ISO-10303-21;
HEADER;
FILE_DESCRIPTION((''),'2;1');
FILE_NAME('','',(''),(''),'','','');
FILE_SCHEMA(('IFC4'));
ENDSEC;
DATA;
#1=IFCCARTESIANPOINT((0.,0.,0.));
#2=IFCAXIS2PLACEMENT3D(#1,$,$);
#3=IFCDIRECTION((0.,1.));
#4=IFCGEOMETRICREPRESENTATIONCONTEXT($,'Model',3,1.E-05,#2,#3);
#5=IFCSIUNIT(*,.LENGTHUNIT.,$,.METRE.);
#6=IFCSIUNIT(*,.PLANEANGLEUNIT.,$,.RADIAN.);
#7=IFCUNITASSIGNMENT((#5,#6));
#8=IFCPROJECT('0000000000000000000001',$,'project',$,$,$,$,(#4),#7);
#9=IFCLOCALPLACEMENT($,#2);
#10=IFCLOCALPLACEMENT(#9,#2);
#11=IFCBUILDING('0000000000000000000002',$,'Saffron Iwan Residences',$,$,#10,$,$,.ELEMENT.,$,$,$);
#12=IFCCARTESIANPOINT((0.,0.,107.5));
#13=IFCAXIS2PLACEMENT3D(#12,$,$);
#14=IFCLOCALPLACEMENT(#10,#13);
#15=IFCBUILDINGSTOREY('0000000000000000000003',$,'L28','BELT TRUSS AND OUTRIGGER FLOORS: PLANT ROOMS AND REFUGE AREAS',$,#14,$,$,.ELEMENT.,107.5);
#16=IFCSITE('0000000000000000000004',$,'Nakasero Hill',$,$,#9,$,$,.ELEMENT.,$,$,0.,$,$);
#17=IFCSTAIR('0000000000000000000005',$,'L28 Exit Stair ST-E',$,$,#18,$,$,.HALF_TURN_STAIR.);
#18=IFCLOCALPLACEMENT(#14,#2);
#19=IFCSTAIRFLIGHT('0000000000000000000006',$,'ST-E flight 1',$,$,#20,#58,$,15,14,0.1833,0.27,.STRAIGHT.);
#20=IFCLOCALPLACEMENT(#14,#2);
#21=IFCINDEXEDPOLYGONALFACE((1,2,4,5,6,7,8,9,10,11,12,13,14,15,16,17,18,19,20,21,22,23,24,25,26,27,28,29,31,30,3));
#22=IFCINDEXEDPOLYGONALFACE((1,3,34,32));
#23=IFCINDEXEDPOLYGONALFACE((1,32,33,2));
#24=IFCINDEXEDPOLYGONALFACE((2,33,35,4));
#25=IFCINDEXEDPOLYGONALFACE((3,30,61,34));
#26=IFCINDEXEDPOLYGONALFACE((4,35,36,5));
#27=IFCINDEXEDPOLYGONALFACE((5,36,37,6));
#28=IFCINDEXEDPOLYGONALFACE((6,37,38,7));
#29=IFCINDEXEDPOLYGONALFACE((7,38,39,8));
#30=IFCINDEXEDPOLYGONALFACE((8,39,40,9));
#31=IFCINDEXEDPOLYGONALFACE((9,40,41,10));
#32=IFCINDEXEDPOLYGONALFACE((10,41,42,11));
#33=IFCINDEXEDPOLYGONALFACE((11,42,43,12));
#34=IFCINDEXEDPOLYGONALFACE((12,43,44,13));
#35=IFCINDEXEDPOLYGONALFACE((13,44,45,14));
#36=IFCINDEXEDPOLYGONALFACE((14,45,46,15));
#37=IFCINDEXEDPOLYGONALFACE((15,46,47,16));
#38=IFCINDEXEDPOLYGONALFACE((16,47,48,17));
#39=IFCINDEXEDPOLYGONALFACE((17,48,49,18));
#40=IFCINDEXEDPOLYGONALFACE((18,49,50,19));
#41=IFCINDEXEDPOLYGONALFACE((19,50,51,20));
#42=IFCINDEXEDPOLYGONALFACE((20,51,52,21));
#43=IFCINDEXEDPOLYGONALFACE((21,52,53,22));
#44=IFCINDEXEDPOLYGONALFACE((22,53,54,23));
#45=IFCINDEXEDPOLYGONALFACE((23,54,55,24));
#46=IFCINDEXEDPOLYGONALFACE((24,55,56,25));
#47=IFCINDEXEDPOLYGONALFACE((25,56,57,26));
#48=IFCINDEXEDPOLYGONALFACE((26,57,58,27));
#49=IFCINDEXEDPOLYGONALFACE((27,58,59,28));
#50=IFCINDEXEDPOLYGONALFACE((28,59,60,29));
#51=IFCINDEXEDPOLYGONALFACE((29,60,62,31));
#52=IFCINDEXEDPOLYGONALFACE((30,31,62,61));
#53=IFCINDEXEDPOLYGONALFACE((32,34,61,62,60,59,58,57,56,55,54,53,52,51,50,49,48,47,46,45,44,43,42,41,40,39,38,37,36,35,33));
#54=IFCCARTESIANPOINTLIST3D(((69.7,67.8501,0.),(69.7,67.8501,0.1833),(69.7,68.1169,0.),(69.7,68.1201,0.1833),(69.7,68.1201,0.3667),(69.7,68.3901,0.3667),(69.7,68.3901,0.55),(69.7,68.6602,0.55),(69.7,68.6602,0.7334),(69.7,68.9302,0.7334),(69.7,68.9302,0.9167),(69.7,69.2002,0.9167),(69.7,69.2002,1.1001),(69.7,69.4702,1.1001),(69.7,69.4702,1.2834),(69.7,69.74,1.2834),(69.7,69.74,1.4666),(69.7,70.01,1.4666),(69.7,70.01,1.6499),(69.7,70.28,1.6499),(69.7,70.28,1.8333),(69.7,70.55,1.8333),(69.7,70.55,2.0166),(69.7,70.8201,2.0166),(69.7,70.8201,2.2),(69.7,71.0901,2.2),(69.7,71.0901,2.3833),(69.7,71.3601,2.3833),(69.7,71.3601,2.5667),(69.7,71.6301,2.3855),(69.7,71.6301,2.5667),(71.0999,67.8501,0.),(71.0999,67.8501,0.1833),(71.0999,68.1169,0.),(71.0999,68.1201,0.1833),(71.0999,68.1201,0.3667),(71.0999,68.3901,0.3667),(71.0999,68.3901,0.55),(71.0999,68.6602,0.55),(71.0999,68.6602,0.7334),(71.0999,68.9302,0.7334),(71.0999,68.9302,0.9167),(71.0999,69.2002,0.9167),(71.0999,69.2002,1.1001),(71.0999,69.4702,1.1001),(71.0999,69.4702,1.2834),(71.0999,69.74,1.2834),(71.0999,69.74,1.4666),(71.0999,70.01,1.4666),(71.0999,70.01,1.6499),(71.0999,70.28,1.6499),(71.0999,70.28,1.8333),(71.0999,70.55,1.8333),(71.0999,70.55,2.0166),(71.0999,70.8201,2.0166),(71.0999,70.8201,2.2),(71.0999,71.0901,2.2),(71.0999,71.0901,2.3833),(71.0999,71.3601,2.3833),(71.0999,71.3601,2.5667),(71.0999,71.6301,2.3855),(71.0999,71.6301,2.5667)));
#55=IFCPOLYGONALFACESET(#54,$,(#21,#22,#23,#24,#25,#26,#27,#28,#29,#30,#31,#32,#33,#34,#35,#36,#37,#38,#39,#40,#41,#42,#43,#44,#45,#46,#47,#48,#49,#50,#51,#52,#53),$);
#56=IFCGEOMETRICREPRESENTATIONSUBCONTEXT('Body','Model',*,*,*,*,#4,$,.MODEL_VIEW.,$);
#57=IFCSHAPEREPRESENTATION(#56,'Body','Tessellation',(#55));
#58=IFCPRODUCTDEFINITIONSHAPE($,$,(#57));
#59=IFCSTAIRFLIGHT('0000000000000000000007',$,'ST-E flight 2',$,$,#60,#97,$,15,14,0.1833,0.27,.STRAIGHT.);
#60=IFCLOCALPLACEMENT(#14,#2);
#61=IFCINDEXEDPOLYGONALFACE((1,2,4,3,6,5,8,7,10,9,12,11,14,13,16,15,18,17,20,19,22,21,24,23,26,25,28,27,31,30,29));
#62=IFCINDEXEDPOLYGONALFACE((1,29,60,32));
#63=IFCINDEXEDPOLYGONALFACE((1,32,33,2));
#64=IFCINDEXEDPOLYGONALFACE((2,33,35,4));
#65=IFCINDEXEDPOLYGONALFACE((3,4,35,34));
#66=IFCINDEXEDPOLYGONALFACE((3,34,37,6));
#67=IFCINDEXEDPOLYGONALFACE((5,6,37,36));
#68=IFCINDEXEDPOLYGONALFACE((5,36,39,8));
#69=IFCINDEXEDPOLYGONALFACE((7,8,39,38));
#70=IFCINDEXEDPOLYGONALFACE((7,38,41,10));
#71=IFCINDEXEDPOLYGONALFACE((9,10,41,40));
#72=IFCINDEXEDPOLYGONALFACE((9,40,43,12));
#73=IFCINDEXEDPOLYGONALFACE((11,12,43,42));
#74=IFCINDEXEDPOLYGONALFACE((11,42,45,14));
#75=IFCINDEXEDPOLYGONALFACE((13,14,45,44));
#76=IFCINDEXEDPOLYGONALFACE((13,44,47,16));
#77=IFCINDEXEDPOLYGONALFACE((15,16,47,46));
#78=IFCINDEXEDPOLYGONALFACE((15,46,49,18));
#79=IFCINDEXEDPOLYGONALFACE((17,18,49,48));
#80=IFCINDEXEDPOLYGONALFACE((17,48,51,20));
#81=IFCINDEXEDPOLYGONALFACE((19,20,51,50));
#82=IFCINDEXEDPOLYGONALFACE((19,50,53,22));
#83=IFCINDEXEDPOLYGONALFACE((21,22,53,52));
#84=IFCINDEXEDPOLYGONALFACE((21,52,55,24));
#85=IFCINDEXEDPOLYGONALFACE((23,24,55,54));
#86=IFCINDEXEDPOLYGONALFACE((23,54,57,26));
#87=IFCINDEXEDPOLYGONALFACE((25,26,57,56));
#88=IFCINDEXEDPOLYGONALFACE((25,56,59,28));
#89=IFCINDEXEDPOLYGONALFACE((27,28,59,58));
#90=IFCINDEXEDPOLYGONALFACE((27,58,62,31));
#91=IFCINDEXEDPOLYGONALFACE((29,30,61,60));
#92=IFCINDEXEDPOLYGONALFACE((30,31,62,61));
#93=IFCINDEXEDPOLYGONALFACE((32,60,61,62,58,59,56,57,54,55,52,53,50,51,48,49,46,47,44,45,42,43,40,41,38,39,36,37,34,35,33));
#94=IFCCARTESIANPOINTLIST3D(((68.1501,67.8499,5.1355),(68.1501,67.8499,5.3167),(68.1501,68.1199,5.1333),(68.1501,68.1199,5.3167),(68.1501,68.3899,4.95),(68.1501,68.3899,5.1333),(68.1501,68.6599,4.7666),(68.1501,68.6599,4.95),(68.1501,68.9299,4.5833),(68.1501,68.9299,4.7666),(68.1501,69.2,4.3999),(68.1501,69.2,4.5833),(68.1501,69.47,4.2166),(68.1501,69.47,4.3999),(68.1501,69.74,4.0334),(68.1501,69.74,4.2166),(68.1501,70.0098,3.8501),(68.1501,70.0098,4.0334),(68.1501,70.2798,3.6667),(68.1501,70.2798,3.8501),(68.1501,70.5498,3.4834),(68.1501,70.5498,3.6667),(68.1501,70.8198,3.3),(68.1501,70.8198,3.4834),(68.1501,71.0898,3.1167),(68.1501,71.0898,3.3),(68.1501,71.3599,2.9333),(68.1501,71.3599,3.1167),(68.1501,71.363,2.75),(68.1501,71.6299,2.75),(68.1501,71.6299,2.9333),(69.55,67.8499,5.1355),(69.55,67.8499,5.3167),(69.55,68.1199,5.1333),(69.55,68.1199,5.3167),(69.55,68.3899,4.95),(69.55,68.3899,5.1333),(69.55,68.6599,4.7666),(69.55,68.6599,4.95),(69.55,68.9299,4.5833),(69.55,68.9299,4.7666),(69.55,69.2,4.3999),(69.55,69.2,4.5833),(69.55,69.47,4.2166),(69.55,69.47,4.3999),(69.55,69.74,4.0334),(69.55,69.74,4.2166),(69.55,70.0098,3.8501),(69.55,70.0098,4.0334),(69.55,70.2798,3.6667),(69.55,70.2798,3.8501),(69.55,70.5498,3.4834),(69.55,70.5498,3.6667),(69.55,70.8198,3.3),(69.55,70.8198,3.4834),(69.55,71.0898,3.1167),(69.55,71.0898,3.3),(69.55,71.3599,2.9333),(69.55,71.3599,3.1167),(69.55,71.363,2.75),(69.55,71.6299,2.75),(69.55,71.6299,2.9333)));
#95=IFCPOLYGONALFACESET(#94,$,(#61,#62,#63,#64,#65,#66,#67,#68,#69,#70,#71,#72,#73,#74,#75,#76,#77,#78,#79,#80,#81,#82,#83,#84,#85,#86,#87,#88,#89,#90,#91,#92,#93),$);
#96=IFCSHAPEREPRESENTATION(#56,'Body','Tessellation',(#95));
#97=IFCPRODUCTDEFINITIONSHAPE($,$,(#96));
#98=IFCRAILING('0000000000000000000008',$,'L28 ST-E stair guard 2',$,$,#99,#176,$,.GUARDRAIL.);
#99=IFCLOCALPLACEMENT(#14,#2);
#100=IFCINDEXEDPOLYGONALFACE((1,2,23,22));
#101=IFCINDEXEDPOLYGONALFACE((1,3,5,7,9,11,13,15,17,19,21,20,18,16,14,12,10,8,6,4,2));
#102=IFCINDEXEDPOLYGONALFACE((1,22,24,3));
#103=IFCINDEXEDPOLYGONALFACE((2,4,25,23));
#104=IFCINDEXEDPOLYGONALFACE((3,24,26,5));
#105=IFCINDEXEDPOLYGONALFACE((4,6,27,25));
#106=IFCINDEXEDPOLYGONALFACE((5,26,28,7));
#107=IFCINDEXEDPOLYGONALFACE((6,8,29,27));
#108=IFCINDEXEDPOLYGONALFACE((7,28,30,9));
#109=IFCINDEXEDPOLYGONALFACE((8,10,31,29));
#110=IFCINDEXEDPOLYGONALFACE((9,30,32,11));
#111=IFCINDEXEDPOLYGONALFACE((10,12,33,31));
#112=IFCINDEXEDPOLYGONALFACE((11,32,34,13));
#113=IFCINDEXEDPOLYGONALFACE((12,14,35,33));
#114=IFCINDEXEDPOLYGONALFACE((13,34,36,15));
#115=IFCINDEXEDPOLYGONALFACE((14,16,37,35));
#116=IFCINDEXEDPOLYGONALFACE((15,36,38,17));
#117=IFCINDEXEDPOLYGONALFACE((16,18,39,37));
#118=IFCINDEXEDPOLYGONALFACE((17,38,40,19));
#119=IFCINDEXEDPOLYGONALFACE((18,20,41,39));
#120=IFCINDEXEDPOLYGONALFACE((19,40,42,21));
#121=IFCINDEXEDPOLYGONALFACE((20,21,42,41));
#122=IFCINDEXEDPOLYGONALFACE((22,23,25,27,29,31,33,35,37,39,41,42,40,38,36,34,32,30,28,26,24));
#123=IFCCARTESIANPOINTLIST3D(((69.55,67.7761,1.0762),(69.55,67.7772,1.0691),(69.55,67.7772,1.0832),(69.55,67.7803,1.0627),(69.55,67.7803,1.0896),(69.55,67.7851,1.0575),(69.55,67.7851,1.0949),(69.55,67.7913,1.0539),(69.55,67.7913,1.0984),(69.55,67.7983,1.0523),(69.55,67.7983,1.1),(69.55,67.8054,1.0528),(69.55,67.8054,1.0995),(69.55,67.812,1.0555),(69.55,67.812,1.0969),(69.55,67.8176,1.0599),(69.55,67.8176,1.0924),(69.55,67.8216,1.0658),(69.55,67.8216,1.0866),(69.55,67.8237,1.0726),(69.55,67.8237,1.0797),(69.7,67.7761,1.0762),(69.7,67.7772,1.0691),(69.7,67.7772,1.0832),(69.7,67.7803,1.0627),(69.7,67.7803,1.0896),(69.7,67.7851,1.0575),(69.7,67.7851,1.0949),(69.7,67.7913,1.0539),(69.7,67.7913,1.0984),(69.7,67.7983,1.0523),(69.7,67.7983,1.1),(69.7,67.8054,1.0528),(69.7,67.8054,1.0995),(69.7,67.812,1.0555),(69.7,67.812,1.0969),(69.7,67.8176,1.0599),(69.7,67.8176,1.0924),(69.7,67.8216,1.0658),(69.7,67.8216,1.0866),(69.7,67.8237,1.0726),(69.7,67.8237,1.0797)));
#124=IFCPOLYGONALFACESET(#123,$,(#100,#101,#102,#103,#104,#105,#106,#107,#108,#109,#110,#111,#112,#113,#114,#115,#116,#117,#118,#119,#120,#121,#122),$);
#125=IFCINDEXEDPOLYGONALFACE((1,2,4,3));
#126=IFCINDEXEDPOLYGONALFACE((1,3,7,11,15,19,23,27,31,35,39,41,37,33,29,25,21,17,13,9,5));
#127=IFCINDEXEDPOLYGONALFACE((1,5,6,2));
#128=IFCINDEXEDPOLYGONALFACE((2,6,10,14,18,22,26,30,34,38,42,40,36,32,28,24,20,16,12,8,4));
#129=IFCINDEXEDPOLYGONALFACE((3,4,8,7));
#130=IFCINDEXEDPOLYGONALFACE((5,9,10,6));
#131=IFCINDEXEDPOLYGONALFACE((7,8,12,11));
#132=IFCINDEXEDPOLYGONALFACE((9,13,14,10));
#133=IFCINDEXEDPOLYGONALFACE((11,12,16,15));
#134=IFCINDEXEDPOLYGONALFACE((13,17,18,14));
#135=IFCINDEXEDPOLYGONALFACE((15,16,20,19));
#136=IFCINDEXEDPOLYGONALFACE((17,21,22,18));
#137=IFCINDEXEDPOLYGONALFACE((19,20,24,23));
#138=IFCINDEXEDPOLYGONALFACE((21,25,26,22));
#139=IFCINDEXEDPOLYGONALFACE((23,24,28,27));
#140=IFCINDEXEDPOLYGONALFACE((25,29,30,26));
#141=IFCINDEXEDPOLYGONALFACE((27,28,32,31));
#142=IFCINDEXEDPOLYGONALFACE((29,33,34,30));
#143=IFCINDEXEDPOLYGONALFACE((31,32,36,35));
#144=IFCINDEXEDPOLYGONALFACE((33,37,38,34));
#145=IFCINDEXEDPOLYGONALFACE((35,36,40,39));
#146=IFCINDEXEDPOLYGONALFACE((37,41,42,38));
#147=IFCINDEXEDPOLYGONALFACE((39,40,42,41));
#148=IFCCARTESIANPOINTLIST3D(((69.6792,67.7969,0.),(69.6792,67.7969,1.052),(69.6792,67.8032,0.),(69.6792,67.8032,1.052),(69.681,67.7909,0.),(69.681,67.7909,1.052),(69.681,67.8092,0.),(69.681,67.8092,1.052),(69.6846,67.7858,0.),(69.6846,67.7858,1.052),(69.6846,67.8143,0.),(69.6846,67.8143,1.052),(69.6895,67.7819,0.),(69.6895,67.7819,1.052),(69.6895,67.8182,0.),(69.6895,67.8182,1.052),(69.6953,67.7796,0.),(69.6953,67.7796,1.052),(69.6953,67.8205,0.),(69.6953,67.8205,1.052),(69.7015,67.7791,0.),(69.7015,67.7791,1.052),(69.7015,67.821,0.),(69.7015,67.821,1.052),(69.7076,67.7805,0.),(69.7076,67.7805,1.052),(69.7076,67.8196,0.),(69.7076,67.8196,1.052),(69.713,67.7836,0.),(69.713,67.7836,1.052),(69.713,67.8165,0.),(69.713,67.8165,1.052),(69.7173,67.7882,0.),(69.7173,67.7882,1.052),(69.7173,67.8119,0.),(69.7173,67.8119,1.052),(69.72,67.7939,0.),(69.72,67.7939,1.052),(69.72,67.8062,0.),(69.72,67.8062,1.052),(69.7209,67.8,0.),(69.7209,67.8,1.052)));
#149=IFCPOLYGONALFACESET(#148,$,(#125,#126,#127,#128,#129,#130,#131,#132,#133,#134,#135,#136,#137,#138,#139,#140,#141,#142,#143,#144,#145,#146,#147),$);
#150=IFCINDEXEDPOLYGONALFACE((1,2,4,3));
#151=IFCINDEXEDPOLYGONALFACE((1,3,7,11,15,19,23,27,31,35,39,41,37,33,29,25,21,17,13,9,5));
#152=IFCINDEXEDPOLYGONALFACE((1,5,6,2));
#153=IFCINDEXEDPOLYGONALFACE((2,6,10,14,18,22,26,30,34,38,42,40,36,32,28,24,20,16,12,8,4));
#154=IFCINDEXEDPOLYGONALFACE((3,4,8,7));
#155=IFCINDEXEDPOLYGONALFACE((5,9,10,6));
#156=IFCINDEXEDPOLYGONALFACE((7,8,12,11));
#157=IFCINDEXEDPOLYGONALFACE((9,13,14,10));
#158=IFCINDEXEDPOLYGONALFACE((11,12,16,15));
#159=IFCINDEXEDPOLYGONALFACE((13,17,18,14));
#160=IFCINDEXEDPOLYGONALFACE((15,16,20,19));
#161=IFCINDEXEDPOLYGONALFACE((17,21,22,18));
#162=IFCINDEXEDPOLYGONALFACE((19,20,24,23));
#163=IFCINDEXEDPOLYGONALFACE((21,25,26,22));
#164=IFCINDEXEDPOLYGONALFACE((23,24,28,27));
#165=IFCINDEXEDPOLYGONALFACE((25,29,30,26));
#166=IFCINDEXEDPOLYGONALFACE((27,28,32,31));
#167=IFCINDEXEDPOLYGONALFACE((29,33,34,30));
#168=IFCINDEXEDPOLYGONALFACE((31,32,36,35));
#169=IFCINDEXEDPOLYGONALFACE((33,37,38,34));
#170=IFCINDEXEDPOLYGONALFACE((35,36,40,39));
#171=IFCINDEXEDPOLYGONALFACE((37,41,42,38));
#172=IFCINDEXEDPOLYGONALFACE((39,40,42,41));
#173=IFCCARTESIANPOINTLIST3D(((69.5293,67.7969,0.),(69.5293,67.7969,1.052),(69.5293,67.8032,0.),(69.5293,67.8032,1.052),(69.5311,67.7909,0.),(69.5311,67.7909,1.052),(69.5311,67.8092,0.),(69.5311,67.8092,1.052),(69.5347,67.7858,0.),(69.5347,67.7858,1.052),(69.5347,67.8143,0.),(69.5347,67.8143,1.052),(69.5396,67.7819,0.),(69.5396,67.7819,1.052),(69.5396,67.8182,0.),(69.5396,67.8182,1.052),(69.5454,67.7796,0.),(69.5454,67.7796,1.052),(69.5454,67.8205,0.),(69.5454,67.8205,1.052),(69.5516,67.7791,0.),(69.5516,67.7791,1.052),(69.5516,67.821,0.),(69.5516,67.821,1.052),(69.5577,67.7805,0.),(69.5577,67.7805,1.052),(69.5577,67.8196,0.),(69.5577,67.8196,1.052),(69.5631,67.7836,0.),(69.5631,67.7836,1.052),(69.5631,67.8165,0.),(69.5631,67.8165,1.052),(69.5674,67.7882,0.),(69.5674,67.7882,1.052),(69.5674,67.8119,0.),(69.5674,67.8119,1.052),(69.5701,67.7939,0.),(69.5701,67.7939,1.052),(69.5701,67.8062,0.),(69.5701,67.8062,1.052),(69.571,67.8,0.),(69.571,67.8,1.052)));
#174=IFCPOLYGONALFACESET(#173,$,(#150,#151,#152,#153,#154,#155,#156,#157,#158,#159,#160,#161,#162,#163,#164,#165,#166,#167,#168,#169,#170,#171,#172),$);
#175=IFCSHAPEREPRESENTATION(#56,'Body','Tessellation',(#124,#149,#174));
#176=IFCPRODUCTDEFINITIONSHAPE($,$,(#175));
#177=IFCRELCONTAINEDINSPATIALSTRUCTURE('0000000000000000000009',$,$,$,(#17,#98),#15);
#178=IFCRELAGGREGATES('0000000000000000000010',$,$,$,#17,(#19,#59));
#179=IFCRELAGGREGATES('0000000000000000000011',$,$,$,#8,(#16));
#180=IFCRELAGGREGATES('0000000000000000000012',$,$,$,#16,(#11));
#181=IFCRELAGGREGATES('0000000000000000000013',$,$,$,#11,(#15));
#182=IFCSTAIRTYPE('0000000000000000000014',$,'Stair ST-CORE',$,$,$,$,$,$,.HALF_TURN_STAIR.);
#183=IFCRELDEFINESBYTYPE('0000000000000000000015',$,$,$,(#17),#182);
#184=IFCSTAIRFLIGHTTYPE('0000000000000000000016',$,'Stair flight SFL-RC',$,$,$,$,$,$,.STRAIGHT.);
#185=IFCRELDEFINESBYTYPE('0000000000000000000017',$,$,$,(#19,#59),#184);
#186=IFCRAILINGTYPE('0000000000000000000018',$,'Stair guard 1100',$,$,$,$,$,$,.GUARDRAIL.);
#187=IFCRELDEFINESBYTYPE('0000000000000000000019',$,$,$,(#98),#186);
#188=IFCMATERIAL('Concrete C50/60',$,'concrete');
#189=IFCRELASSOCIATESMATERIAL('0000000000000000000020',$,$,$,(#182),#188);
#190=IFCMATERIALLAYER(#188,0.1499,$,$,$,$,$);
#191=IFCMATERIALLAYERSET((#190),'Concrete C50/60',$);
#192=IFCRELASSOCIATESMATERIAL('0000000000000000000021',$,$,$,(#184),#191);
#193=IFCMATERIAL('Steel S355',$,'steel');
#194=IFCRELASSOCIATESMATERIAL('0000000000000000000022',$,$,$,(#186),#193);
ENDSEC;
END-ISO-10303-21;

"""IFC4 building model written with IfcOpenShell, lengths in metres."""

from ifc_helpers import new_model, si_unit, direction, frame, origin, origin_2d, place, context, subcontext, project, spatial, polyline, circle, outline, extrude, material, layer, layer_set, type_object, element, aggregate, save


model = new_model("IFC4")

# Units and contexts
model_context = context("Model", 3, precision=1e-05, world=origin(), true_north=direction((0.0, 1.0)))
body_context = subcontext(model_context, "Body", "Model", "MODEL_VIEW")
ifc_project = project(units=[si_unit("LENGTHUNIT", "METRE"), si_unit("PLANEANGLEUNIT", "RADIAN")], contexts=[model_context])

# Site, building, storey
site_placement = place(None, origin())
site = spatial("IfcSite", under=ifc_project, at=site_placement, Name="Nakasero Hill", CompositionType="ELEMENT", RefElevation=0.0)
building_placement = place(site_placement, origin())
building = spatial("IfcBuilding", under=site, at=building_placement, Name="Saffron Iwan Residences", CompositionType="ELEMENT")
storey_placement = place(building_placement, frame((0.0, 0.0, 107.5)))
storey = spatial("IfcBuildingStorey", under=building, at=storey_placement, Name="L28", Description="BELT TRUSS AND OUTRIGGER FLOORS: PLANT ROOMS AND REFUGE AREAS", CompositionType="ELEMENT", Elevation=107.5)

# Stair, stair flights
ifc_material_1 = material(Name="Concrete C50/60", Category="concrete")
stair_type = type_object("IfcStairType", Name="Stair ST-CORE", PredefinedType="HALF_TURN_STAIR", material=ifc_material_1)
stair_placement = place(storey_placement, origin())
stair = element("IfcStair", 1, at=stair_placement, inside=storey, type_object=stair_type, Name="L28 Exit Stair ST-E", PredefinedType="HALF_TURN_STAIR")
ifc_layer_1 = layer(ifc_material_1, 0.1499)
ifc_layer_set_1 = layer_set([ifc_layer_1], Name="Concrete C50/60")
stair_flight_type = type_object("IfcStairFlightType", Name="Stair flight SFL-RC", PredefinedType="STRAIGHT", material=ifc_layer_set_1)
stair_flight_1_placement = place(storey_placement, frame((70.3999, 67.8501, 0.0), z_axis=(0.0, 0.0, 1.0), x_axis=(0.0, 1.0, 0.0)))
stair_flight_1 = element("IfcStairFlight", 2, at=stair_flight_1_placement, type_object=stair_flight_type, Name="ST-E flight 1", NumberOfRisers=15, NumberOfTreads=14, PredefinedType="STRAIGHT", RiserHeight=0.1833, TreadLength=0.27, context=body_context, shape_type="SweptSolid", body=[
    extrude(outline(polyline([(0.0, 0.0), (0.0, 0.1833), (0.27, 0.1833), (0.27, 0.3667), (0.54, 0.3667), (0.54, 0.55), (0.8101, 0.55), (0.8101, 0.7334), (1.0801, 0.7334), (1.0801, 0.9167), (1.3501, 0.9167), (1.3501, 1.1001), (1.6201, 1.1001), (1.6201, 1.2834), (1.8899, 1.2834), (1.8899, 1.4666), (2.1599, 1.4666), (2.1599, 1.6499), (2.4299, 1.6499), (2.4299, 1.8333), (2.7, 1.8333), (2.7, 2.0166), (2.97, 2.0166), (2.97, 2.2), (3.24, 2.2), (3.24, 2.3833), (3.51, 2.3833), (3.51, 2.5667), (3.78, 2.5667), (3.78, 2.75), (3.78, 2.3855), (0.2668, 0.0), (0.0, 0.0)])), frame((0.0, 0.7, 0.0), z_axis=(0.0, -1.0, 0.0), x_axis=(1.0, 0.0, 0.0)), (0.0, 0.0, 1.0), 1.3999),
])
stair_flight_2_placement = place(storey_placement, frame((68.8501, 71.6299, 2.75), z_axis=(0.0, 0.0, 1.0), x_axis=(0.0, -1.0, 0.0)))
stair_flight_2 = element("IfcStairFlight", 3, at=stair_flight_2_placement, type_object=stair_flight_type, Name="ST-E flight 2", NumberOfRisers=15, NumberOfTreads=14, PredefinedType="STRAIGHT", RiserHeight=0.1833, TreadLength=0.27, context=body_context, shape_type="SweptSolid", body=[
    extrude(outline(polyline([(0.0, 0.0), (0.0, 0.1833), (0.27, 0.1833), (0.27, 0.3667), (0.54, 0.3667), (0.54, 0.55), (0.8101, 0.55), (0.8101, 0.7334), (1.0801, 0.7334), (1.0801, 0.9167), (1.3501, 0.9167), (1.3501, 1.1001), (1.6201, 1.1001), (1.6201, 1.2834), (1.8899, 1.2834), (1.8899, 1.4666), (2.1599, 1.4666), (2.1599, 1.6499), (2.4299, 1.6499), (2.4299, 1.8333), (2.7, 1.8333), (2.7, 2.0166), (2.97, 2.0166), (2.97, 2.2), (3.24, 2.2), (3.24, 2.3833), (3.51, 2.3833), (3.51, 2.5667), (3.78, 2.5667), (3.78, 2.75), (3.78, 2.3855), (0.2668, 0.0), (0.0, 0.0)])), frame((0.0, 0.7, 0.0), z_axis=(0.0, -1.0, 0.0), x_axis=(1.0, 0.0, 0.0)), (0.0, 0.0, 1.0), 1.3999),
])
aggregate(stair, [stair_flight_1, stair_flight_2])

# Railing
ifc_material_2 = material(Name="Steel S355", Category="steel")
railing_type_1 = type_object("IfcRailingType", Name="Stair guard 1100", PredefinedType="GUARDRAIL", material=ifc_material_2)
railing_1_placement = place(storey_placement, frame((69.7, 67.8, 0.0)))
element("IfcRailing", 4, at=railing_1_placement, inside=storey, type_object=railing_type_1, Name="L28 ST-E stair guard 2", PredefinedType="GUARDRAIL", context=body_context, shape_type="SweptSolid", body=[
    extrude(circle(Radius=0.0239, at=origin_2d()), frame((0.0, 0.0, 1.0762), z_axis=(-1.0, 0.0, 0.0), x_axis=(0.0, -1.0, 0.0)), (0.0, 0.0, 1.0), 0.1499),
    extrude(circle(Radius=0.021, at=origin_2d()), origin(), (0.0, 0.0, 1.0), 1.052),
    extrude(circle(Radius=0.021, at=origin_2d()), frame((-0.1499, 0.0, 0.0)), (0.0, 0.0, 1.0), 1.052),
])

save(model, "model.ifc")
